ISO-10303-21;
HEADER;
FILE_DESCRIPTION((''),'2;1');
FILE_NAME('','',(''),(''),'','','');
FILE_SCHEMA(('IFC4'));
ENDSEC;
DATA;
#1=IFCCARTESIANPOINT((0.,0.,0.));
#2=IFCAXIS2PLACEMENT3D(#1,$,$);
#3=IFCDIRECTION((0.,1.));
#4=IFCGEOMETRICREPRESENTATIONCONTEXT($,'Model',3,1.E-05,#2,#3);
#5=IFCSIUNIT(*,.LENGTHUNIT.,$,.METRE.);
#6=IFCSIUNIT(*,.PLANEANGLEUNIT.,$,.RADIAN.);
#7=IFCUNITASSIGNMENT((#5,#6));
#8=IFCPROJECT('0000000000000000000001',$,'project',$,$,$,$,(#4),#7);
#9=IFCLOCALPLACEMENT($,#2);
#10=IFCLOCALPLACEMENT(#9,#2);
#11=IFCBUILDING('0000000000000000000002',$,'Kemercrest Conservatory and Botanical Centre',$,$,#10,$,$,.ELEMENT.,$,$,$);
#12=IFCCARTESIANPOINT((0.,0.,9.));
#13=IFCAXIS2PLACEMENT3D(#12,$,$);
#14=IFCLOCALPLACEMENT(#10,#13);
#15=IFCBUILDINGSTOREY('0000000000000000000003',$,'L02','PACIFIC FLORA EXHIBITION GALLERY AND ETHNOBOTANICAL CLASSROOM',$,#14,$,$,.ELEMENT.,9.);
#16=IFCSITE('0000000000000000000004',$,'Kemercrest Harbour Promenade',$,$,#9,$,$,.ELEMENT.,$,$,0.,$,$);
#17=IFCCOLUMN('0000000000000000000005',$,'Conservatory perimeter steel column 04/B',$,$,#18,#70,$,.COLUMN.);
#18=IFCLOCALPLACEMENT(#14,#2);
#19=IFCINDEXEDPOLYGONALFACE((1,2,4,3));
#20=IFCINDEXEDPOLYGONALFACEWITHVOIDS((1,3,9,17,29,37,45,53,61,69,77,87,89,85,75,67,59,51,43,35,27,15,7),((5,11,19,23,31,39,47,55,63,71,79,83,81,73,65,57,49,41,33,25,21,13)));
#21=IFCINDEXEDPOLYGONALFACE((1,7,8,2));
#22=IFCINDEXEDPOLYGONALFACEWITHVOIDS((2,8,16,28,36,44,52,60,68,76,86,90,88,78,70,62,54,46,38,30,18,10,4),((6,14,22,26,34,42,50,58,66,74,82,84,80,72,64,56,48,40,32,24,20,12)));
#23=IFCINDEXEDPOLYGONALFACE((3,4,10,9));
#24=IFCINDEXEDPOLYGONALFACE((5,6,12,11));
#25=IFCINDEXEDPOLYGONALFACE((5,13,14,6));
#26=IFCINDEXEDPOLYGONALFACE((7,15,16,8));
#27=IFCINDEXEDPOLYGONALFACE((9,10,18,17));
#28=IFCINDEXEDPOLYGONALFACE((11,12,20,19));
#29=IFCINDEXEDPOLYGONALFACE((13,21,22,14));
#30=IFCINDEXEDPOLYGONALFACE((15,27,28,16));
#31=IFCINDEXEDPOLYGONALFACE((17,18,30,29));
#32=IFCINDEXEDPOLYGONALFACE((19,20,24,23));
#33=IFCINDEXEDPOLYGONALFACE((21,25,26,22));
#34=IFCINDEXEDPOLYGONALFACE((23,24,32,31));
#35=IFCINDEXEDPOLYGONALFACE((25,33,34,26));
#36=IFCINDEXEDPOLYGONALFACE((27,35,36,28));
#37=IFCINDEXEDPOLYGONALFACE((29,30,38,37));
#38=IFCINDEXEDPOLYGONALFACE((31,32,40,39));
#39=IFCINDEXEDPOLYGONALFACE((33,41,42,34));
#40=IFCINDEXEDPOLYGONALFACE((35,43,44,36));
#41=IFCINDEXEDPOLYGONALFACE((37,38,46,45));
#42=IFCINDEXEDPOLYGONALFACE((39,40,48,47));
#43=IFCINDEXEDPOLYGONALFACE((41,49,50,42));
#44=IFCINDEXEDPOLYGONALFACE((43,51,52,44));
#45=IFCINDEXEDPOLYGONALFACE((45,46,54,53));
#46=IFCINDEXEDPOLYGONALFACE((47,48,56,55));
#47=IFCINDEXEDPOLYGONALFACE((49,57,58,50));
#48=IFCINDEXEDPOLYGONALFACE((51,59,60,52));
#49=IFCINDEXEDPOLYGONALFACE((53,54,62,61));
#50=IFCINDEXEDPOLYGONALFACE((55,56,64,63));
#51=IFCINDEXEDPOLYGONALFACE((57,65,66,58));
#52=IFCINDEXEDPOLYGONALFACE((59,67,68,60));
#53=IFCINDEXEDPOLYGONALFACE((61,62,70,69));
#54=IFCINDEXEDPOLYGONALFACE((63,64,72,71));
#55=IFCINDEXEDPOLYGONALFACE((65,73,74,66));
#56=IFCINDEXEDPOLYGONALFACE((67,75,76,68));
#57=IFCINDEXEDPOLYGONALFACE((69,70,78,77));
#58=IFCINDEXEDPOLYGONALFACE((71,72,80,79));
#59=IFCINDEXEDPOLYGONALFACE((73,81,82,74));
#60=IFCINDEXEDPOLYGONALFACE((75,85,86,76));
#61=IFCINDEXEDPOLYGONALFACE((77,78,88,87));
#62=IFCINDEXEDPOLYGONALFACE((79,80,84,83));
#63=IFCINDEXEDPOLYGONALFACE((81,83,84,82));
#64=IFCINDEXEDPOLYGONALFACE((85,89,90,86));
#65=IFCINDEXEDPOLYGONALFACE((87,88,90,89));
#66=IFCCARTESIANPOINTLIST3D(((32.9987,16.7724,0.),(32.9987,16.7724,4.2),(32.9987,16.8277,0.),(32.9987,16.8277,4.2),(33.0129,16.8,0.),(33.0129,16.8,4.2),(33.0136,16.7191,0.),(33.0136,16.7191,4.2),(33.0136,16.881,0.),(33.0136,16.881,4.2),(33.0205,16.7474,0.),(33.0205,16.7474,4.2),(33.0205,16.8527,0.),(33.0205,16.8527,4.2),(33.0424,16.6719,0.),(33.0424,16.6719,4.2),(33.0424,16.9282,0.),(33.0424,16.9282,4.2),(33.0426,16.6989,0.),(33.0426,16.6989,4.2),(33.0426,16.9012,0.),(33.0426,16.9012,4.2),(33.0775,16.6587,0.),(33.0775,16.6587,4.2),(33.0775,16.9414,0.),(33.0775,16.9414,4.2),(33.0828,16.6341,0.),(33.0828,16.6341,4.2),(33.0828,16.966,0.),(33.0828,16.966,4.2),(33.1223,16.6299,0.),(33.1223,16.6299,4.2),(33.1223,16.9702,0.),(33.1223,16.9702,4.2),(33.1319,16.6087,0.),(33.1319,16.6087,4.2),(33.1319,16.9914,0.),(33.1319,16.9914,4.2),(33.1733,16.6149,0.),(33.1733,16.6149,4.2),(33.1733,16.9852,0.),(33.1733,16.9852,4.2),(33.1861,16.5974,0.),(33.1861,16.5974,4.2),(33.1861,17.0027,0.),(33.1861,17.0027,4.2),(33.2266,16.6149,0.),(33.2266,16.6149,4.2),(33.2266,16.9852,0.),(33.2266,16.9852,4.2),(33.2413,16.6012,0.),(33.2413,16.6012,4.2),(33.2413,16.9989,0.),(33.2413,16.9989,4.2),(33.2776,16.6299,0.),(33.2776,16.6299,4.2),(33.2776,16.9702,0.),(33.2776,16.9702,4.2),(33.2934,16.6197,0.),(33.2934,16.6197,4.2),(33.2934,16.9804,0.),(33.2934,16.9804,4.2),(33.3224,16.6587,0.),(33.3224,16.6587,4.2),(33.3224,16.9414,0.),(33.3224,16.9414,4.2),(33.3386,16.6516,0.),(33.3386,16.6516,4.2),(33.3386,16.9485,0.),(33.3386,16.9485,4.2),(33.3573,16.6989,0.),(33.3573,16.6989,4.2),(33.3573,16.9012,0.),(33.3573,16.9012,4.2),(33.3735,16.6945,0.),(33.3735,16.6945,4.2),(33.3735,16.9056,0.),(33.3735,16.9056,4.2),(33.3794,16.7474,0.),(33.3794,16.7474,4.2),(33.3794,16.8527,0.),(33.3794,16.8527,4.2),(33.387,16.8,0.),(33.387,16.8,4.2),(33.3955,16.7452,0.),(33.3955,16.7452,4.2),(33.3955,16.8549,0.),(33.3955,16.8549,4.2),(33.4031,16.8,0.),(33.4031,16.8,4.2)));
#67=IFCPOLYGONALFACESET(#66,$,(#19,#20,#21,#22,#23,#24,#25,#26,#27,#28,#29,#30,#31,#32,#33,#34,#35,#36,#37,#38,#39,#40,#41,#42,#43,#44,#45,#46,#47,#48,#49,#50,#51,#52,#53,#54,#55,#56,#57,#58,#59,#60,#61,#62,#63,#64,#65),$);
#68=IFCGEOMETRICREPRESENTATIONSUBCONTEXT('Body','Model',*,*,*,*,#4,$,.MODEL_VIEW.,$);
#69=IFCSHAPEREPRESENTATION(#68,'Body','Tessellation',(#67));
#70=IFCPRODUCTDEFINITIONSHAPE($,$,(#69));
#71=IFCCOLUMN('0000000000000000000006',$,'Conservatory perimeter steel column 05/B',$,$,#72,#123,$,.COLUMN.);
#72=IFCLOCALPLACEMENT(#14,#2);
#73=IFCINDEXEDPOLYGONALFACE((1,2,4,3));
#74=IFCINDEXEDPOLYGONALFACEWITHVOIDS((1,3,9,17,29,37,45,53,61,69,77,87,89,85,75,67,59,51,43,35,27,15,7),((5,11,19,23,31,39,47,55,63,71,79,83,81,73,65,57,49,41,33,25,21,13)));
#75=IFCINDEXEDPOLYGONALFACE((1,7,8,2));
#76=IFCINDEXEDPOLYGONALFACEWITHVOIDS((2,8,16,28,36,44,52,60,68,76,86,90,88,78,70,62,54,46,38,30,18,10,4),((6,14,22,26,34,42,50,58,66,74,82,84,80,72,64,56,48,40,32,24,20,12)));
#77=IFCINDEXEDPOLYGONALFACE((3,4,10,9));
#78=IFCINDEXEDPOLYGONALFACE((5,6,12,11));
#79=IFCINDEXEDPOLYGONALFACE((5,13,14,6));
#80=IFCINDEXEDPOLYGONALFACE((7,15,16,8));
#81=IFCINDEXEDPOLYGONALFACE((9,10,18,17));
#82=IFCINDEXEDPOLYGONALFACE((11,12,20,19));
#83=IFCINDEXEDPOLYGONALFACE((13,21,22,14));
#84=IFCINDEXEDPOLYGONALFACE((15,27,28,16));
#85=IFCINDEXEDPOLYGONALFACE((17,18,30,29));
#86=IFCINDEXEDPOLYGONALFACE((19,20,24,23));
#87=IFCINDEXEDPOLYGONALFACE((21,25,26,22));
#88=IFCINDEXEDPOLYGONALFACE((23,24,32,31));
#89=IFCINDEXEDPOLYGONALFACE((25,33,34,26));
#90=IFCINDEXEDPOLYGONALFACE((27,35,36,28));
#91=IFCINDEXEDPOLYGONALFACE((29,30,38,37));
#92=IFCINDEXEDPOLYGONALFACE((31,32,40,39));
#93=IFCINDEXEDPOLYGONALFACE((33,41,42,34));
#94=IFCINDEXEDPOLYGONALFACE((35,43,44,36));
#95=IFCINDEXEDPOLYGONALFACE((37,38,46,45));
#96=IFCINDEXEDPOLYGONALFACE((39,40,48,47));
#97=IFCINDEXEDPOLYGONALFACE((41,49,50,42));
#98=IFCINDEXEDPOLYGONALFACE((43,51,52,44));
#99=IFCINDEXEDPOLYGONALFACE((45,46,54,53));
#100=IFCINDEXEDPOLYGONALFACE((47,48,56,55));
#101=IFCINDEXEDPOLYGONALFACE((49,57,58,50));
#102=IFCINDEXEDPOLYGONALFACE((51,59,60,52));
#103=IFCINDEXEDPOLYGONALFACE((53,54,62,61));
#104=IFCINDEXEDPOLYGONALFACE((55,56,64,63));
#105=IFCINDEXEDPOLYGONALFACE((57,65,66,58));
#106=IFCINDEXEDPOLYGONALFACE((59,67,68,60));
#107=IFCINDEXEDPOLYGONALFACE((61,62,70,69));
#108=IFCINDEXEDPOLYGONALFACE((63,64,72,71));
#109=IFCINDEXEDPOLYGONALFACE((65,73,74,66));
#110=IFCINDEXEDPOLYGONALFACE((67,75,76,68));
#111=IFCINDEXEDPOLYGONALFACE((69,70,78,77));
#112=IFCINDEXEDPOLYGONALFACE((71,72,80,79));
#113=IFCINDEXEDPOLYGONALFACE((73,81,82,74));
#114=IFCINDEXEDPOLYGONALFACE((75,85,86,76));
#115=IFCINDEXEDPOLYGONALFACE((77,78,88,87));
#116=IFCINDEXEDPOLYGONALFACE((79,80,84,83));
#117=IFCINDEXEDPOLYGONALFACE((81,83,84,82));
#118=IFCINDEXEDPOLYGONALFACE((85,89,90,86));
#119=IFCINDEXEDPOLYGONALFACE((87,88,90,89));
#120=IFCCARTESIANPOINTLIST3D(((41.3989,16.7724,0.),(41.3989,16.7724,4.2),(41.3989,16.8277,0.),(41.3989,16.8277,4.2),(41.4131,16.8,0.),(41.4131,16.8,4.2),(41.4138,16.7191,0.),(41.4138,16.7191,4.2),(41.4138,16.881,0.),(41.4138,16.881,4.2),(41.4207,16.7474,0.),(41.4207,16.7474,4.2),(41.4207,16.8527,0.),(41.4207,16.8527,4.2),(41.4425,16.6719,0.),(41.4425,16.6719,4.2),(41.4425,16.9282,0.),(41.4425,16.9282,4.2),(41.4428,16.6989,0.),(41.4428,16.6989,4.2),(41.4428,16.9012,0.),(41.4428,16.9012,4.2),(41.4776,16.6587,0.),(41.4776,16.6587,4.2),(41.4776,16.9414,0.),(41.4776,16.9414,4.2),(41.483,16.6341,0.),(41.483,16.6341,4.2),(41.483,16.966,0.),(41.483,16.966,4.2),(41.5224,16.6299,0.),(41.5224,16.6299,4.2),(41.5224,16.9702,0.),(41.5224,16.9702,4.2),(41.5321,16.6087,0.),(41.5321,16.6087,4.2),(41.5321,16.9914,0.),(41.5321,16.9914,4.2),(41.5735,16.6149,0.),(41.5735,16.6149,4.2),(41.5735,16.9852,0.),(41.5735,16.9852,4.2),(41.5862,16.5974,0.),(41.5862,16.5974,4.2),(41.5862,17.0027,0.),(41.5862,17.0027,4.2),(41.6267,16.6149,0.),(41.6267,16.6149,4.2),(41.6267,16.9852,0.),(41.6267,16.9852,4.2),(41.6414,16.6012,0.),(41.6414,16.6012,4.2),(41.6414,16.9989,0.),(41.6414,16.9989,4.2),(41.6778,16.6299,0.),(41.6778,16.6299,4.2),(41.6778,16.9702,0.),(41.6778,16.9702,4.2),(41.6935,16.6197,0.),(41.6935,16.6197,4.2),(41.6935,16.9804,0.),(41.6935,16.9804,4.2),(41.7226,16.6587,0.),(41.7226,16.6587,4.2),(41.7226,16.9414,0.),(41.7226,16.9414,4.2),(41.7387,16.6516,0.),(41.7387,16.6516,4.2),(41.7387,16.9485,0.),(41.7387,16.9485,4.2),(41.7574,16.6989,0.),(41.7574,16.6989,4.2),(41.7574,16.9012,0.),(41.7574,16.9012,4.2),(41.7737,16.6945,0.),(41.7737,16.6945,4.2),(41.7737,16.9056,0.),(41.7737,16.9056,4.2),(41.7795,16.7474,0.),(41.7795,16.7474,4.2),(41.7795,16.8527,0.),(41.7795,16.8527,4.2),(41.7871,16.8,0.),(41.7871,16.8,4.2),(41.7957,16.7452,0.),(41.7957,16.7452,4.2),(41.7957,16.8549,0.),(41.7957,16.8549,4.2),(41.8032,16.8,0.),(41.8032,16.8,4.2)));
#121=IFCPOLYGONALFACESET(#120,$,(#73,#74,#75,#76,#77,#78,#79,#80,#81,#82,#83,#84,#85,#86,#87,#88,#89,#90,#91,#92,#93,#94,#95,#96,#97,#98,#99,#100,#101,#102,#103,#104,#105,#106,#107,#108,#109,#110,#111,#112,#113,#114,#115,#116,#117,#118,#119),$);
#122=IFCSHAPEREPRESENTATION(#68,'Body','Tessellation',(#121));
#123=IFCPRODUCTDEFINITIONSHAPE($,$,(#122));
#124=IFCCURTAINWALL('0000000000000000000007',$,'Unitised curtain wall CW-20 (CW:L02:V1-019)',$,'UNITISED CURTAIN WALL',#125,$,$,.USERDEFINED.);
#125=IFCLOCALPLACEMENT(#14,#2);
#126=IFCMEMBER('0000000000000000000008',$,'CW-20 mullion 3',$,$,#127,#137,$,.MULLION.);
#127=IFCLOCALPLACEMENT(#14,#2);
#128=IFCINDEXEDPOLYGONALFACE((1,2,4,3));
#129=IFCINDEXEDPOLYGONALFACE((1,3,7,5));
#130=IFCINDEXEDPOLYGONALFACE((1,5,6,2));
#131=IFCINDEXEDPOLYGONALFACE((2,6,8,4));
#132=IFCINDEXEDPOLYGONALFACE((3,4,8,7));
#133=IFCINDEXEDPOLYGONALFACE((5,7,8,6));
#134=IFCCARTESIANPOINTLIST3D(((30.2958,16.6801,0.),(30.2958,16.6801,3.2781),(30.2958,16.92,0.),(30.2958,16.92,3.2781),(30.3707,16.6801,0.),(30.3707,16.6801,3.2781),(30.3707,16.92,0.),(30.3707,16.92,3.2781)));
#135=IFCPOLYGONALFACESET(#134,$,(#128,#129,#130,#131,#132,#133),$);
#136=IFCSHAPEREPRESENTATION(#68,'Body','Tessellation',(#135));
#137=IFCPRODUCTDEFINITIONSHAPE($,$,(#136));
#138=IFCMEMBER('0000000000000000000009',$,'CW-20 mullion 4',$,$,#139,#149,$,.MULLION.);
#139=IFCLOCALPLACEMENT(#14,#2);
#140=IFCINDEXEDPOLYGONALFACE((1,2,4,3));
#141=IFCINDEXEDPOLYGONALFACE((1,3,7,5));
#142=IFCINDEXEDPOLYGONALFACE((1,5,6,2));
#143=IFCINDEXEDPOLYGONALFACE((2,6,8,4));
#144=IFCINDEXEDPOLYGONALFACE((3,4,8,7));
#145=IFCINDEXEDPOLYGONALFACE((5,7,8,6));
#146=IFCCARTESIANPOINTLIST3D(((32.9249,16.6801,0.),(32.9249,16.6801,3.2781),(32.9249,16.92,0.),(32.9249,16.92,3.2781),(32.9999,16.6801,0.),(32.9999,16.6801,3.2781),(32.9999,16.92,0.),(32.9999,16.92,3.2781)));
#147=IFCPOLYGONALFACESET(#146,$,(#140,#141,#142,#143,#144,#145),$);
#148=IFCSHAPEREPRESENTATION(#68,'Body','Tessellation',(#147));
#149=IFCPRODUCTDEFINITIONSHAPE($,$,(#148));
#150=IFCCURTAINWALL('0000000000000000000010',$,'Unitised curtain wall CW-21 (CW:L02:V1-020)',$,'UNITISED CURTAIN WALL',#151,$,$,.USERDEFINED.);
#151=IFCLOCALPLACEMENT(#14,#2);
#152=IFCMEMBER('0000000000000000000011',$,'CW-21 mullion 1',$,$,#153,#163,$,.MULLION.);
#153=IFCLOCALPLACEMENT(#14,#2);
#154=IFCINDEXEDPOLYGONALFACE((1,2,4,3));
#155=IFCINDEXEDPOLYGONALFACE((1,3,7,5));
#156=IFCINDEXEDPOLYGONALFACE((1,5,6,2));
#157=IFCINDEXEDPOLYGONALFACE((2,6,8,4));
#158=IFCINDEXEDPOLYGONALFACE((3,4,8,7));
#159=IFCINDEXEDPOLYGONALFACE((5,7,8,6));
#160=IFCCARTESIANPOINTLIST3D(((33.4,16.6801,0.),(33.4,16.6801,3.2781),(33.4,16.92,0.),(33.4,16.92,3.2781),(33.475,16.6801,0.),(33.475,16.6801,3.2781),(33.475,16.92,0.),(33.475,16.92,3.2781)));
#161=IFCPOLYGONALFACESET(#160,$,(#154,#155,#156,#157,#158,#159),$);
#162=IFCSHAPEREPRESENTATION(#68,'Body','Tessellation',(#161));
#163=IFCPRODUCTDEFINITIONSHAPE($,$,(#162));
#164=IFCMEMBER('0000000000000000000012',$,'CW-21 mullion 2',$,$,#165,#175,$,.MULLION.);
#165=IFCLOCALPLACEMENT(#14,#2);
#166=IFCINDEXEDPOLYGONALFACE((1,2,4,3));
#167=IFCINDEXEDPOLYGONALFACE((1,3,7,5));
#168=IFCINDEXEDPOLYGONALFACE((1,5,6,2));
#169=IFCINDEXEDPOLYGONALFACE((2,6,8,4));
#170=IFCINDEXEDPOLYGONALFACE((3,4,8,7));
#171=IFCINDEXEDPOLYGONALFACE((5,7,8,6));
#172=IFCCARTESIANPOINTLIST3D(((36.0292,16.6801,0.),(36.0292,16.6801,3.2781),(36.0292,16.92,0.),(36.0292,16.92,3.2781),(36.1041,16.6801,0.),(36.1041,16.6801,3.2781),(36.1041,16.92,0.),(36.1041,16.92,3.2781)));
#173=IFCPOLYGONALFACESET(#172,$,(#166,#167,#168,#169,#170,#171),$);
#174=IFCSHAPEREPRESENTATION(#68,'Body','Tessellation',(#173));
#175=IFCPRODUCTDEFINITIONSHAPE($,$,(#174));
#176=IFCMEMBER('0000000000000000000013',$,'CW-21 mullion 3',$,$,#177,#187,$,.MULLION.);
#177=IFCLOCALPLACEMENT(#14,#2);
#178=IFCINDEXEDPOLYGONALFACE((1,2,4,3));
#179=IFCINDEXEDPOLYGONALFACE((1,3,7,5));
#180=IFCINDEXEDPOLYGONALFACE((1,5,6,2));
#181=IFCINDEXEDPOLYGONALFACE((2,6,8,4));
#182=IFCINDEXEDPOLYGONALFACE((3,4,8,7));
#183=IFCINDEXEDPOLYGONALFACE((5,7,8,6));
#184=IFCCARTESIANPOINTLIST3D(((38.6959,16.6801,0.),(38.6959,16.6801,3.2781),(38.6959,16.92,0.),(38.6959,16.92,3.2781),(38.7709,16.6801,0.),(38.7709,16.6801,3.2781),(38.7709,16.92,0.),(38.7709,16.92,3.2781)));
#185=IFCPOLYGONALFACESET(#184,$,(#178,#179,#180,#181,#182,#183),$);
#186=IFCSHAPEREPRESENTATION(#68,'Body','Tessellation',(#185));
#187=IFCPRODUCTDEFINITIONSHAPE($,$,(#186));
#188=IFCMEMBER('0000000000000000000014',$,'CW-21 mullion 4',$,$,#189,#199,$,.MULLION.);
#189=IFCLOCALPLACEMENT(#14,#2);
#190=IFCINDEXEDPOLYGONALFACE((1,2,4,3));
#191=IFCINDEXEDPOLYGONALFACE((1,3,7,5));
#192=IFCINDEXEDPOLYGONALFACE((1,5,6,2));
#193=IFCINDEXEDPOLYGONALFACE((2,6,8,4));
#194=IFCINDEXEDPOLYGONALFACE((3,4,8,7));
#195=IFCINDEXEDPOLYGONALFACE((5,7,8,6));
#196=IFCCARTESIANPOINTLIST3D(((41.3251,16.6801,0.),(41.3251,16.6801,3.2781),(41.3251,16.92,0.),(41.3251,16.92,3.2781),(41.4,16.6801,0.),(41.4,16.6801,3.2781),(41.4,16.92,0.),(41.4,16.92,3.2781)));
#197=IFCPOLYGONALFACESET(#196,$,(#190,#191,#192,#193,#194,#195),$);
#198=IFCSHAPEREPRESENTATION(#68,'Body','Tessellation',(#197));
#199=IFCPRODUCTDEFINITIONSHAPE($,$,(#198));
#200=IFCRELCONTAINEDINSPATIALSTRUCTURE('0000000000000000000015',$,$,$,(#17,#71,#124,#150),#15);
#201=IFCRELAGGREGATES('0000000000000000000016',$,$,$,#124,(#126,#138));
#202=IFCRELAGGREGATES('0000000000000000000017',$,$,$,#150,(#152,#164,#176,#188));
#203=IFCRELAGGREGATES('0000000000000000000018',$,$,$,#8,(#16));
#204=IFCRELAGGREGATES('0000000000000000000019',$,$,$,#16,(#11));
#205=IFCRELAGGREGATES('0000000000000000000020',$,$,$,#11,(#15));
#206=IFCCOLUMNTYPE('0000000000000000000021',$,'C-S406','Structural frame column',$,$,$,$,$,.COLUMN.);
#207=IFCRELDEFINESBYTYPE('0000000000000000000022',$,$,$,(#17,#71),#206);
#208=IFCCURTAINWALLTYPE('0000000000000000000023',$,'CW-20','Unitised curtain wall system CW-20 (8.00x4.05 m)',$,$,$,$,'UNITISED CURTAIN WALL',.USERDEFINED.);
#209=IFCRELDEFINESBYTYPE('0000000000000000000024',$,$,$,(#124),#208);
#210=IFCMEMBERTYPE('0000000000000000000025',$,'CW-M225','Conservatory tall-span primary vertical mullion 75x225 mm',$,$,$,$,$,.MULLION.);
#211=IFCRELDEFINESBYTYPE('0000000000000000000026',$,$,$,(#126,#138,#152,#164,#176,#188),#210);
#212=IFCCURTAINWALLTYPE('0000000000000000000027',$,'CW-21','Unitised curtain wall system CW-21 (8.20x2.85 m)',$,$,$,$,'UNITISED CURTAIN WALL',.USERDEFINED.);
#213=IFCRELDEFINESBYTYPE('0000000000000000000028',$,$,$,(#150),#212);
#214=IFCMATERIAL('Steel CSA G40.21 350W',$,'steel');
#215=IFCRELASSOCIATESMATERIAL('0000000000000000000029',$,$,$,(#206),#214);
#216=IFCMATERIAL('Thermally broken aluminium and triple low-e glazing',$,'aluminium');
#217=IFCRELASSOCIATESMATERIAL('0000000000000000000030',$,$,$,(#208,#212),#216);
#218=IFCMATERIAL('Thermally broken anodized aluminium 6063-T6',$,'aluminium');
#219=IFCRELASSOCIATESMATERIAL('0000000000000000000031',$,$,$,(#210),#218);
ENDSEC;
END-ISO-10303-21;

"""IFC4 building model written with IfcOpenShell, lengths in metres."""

from ifc_helpers import new_model, si_unit, direction, frame, origin, origin_2d, place, context, subcontext, project, spatial, rectangle, hollow_circle, extrude, material, material_profile, profile_set, type_object, element, aggregate, save


model = new_model("IFC4")

# Units and contexts
model_context = context("Model", 3, precision=1e-05, world=origin(), true_north=direction((0.0, 1.0)))
body_context = subcontext(model_context, "Body", "Model", "MODEL_VIEW")
ifc_project = project(units=[si_unit("LENGTHUNIT", "METRE"), si_unit("PLANEANGLEUNIT", "RADIAN")], contexts=[model_context])

# Site, building, storey
site_placement = place(None, origin())
site = spatial("IfcSite", under=ifc_project, at=site_placement, Name="Kemercrest Harbour Promenade", CompositionType="ELEMENT", RefElevation=0.0)
building_placement = place(site_placement, origin())
building = spatial("IfcBuilding", under=site, at=building_placement, Name="Kemercrest Conservatory and Botanical Centre", CompositionType="ELEMENT")
storey_placement = place(building_placement, frame((0.0, 0.0, 9.0)))
storey = spatial("IfcBuildingStorey", under=building, at=storey_placement, Name="L02", Description="PACIFIC FLORA EXHIBITION GALLERY AND ETHNOBOTANICAL CLASSROOM", CompositionType="ELEMENT", Elevation=9.0)

# Columns
ifc_material_1 = material(Name="Steel CSA G40.21 350W", Category="steel")
ifc_material_profile_1 = material_profile(ifc_material_1, hollow_circle(Radius=0.2031, WallThickness=0.0161, at=origin_2d()), Name="CHS 406.4x16.0")
ifc_profile_set_1 = profile_set([ifc_material_profile_1], Name="Steel CSA G40.21 350W")
column_type = type_object("IfcColumnType", Name="C-S406", Description="Structural frame column", PredefinedType="COLUMN", material=ifc_profile_set_1)
for number, where, z_axis, x_axis, name in (
    (1, (33.2, 16.8, 0.0), (0.0, 0.0, 1.0), (1.0, 0.0, 0.0), "Conservatory perimeter steel column 04/B"),
    (2, (41.6001, 16.8, 0.0), (0.0, 0.0, 1.0), (1.0, 0.0, 0.0), "Conservatory perimeter steel column 05/B"),
):
    element("IfcColumn", number, at=place(storey_placement, frame(where, z_axis=z_axis, x_axis=x_axis)), inside=storey, type_object=column_type, Name=name, PredefinedType="COLUMN", context=body_context, shape_type="SweptSolid", body=[
        extrude(hollow_circle(Radius=0.2031, WallThickness=0.0161, at=origin_2d()), origin(), (0.0, 0.0, 1.0), 4.2),
    ])

# Curtain walls, members
ifc_material_2 = material(Name="Thermally broken aluminium and triple low-e glazing", Category="aluminium")
curtain_wall_type_1 = type_object("IfcCurtainWallType", Name="CW-20", Description="Unitised curtain wall system CW-20 (8.00x4.05 m)", ElementType="UNITISED CURTAIN WALL", PredefinedType="USERDEFINED", material=ifc_material_2)
curtain_wall_1_placement = place(storey_placement, origin())
curtain_wall_1 = element("IfcCurtainWall", 3, at=curtain_wall_1_placement, inside=storey, type_object=curtain_wall_type_1, Name="Unitised curtain wall CW-20 (CW:L02:V1-019)", ObjectType="UNITISED CURTAIN WALL", PredefinedType="USERDEFINED")
ifc_material_3 = material(Name="Thermally broken anodized aluminium 6063-T6", Category="aluminium")
ifc_material_profile_2 = material_profile(ifc_material_3, rectangle(XDim=0.24, YDim=0.075, at=origin_2d()), Name="AL MULLION 75x240")
ifc_profile_set_2 = profile_set([ifc_material_profile_2], Name="Thermally broken anodized aluminium 6063-T6")
member_type_1 = type_object("IfcMemberType", Name="CW-M225", Description="Conservatory tall-span primary vertical mullion 75x225 mm", PredefinedType="MULLION", material=ifc_profile_set_2)
member_1_placement = place(storey_placement, frame((30.3333, 16.8, 0.0), z_axis=(0.0, 0.0, 1.0), x_axis=(0.0, 1.0, 0.0)))
member_1 = element("IfcMember", 4, at=member_1_placement, type_object=member_type_1, Name="CW-20 mullion 3", PredefinedType="MULLION", context=body_context, shape_type="SweptSolid", body=[
    extrude(rectangle(XDim=0.24, YDim=0.075, at=origin_2d()), origin(), (0.0, 0.0, 1.0), 3.2781),
])
member_2_placement = place(storey_placement, frame((32.9624, 16.8, 0.0), z_axis=(0.0, 0.0, 1.0), x_axis=(0.0, 1.0, 0.0)))
member_2 = element("IfcMember", 5, at=member_2_placement, type_object=member_type_1, Name="CW-20 mullion 4", PredefinedType="MULLION", context=body_context, shape_type="SweptSolid", body=[
    extrude(rectangle(XDim=0.24, YDim=0.075, at=origin_2d()), origin(), (0.0, 0.0, 1.0), 3.2781),
])
curtain_wall_type_2 = type_object("IfcCurtainWallType", Name="CW-21", Description="Unitised curtain wall system CW-21 (8.20x2.85 m)", ElementType="UNITISED CURTAIN WALL", PredefinedType="USERDEFINED", material=ifc_material_2)
curtain_wall_2_placement = place(storey_placement, origin())
curtain_wall_2 = element("IfcCurtainWall", 6, at=curtain_wall_2_placement, inside=storey, type_object=curtain_wall_type_2, Name="Unitised curtain wall CW-21 (CW:L02:V1-020)", ObjectType="UNITISED CURTAIN WALL", PredefinedType="USERDEFINED")
member_3_placement = place(storey_placement, frame((33.4375, 16.8, 0.0), z_axis=(0.0, 0.0, 1.0), x_axis=(0.0, 1.0, 0.0)))
member_3 = element("IfcMember", 7, at=member_3_placement, type_object=member_type_1, Name="CW-21 mullion 1", PredefinedType="MULLION", context=body_context, shape_type="SweptSolid", body=[
    extrude(rectangle(XDim=0.24, YDim=0.075, at=origin_2d()), origin(), (0.0, 0.0, 1.0), 3.2781),
])
member_4_placement = place(storey_placement, frame((36.0667, 16.8, 0.0), z_axis=(0.0, 0.0, 1.0), x_axis=(0.0, 1.0, 0.0)))
member_4 = element("IfcMember", 8, at=member_4_placement, type_object=member_type_1, Name="CW-21 mullion 2", PredefinedType="MULLION", context=body_context, shape_type="SweptSolid", body=[
    extrude(rectangle(XDim=0.24, YDim=0.075, at=origin_2d()), origin(), (0.0, 0.0, 1.0), 3.2781),
])
member_5_placement = place(storey_placement, frame((38.7334, 16.8, 0.0), z_axis=(0.0, 0.0, 1.0), x_axis=(0.0, 1.0, 0.0)))
member_5 = element("IfcMember", 9, at=member_5_placement, type_object=member_type_1, Name="CW-21 mullion 3", PredefinedType="MULLION", context=body_context, shape_type="SweptSolid", body=[
    extrude(rectangle(XDim=0.24, YDim=0.075, at=origin_2d()), origin(), (0.0, 0.0, 1.0), 3.2781),
])
member_6_placement = place(storey_placement, frame((41.3625, 16.8, 0.0), z_axis=(0.0, 0.0, 1.0), x_axis=(0.0, 1.0, 0.0)))
member_6 = element("IfcMember", 10, at=member_6_placement, type_object=member_type_1, Name="CW-21 mullion 4", PredefinedType="MULLION", context=body_context, shape_type="SweptSolid", body=[
    extrude(rectangle(XDim=0.24, YDim=0.075, at=origin_2d()), origin(), (0.0, 0.0, 1.0), 3.2781),
])

aggregate(curtain_wall_1, [member_1, member_2])
aggregate(curtain_wall_2, [member_3, member_4, member_5, member_6])

save(model, "model.ifc")
